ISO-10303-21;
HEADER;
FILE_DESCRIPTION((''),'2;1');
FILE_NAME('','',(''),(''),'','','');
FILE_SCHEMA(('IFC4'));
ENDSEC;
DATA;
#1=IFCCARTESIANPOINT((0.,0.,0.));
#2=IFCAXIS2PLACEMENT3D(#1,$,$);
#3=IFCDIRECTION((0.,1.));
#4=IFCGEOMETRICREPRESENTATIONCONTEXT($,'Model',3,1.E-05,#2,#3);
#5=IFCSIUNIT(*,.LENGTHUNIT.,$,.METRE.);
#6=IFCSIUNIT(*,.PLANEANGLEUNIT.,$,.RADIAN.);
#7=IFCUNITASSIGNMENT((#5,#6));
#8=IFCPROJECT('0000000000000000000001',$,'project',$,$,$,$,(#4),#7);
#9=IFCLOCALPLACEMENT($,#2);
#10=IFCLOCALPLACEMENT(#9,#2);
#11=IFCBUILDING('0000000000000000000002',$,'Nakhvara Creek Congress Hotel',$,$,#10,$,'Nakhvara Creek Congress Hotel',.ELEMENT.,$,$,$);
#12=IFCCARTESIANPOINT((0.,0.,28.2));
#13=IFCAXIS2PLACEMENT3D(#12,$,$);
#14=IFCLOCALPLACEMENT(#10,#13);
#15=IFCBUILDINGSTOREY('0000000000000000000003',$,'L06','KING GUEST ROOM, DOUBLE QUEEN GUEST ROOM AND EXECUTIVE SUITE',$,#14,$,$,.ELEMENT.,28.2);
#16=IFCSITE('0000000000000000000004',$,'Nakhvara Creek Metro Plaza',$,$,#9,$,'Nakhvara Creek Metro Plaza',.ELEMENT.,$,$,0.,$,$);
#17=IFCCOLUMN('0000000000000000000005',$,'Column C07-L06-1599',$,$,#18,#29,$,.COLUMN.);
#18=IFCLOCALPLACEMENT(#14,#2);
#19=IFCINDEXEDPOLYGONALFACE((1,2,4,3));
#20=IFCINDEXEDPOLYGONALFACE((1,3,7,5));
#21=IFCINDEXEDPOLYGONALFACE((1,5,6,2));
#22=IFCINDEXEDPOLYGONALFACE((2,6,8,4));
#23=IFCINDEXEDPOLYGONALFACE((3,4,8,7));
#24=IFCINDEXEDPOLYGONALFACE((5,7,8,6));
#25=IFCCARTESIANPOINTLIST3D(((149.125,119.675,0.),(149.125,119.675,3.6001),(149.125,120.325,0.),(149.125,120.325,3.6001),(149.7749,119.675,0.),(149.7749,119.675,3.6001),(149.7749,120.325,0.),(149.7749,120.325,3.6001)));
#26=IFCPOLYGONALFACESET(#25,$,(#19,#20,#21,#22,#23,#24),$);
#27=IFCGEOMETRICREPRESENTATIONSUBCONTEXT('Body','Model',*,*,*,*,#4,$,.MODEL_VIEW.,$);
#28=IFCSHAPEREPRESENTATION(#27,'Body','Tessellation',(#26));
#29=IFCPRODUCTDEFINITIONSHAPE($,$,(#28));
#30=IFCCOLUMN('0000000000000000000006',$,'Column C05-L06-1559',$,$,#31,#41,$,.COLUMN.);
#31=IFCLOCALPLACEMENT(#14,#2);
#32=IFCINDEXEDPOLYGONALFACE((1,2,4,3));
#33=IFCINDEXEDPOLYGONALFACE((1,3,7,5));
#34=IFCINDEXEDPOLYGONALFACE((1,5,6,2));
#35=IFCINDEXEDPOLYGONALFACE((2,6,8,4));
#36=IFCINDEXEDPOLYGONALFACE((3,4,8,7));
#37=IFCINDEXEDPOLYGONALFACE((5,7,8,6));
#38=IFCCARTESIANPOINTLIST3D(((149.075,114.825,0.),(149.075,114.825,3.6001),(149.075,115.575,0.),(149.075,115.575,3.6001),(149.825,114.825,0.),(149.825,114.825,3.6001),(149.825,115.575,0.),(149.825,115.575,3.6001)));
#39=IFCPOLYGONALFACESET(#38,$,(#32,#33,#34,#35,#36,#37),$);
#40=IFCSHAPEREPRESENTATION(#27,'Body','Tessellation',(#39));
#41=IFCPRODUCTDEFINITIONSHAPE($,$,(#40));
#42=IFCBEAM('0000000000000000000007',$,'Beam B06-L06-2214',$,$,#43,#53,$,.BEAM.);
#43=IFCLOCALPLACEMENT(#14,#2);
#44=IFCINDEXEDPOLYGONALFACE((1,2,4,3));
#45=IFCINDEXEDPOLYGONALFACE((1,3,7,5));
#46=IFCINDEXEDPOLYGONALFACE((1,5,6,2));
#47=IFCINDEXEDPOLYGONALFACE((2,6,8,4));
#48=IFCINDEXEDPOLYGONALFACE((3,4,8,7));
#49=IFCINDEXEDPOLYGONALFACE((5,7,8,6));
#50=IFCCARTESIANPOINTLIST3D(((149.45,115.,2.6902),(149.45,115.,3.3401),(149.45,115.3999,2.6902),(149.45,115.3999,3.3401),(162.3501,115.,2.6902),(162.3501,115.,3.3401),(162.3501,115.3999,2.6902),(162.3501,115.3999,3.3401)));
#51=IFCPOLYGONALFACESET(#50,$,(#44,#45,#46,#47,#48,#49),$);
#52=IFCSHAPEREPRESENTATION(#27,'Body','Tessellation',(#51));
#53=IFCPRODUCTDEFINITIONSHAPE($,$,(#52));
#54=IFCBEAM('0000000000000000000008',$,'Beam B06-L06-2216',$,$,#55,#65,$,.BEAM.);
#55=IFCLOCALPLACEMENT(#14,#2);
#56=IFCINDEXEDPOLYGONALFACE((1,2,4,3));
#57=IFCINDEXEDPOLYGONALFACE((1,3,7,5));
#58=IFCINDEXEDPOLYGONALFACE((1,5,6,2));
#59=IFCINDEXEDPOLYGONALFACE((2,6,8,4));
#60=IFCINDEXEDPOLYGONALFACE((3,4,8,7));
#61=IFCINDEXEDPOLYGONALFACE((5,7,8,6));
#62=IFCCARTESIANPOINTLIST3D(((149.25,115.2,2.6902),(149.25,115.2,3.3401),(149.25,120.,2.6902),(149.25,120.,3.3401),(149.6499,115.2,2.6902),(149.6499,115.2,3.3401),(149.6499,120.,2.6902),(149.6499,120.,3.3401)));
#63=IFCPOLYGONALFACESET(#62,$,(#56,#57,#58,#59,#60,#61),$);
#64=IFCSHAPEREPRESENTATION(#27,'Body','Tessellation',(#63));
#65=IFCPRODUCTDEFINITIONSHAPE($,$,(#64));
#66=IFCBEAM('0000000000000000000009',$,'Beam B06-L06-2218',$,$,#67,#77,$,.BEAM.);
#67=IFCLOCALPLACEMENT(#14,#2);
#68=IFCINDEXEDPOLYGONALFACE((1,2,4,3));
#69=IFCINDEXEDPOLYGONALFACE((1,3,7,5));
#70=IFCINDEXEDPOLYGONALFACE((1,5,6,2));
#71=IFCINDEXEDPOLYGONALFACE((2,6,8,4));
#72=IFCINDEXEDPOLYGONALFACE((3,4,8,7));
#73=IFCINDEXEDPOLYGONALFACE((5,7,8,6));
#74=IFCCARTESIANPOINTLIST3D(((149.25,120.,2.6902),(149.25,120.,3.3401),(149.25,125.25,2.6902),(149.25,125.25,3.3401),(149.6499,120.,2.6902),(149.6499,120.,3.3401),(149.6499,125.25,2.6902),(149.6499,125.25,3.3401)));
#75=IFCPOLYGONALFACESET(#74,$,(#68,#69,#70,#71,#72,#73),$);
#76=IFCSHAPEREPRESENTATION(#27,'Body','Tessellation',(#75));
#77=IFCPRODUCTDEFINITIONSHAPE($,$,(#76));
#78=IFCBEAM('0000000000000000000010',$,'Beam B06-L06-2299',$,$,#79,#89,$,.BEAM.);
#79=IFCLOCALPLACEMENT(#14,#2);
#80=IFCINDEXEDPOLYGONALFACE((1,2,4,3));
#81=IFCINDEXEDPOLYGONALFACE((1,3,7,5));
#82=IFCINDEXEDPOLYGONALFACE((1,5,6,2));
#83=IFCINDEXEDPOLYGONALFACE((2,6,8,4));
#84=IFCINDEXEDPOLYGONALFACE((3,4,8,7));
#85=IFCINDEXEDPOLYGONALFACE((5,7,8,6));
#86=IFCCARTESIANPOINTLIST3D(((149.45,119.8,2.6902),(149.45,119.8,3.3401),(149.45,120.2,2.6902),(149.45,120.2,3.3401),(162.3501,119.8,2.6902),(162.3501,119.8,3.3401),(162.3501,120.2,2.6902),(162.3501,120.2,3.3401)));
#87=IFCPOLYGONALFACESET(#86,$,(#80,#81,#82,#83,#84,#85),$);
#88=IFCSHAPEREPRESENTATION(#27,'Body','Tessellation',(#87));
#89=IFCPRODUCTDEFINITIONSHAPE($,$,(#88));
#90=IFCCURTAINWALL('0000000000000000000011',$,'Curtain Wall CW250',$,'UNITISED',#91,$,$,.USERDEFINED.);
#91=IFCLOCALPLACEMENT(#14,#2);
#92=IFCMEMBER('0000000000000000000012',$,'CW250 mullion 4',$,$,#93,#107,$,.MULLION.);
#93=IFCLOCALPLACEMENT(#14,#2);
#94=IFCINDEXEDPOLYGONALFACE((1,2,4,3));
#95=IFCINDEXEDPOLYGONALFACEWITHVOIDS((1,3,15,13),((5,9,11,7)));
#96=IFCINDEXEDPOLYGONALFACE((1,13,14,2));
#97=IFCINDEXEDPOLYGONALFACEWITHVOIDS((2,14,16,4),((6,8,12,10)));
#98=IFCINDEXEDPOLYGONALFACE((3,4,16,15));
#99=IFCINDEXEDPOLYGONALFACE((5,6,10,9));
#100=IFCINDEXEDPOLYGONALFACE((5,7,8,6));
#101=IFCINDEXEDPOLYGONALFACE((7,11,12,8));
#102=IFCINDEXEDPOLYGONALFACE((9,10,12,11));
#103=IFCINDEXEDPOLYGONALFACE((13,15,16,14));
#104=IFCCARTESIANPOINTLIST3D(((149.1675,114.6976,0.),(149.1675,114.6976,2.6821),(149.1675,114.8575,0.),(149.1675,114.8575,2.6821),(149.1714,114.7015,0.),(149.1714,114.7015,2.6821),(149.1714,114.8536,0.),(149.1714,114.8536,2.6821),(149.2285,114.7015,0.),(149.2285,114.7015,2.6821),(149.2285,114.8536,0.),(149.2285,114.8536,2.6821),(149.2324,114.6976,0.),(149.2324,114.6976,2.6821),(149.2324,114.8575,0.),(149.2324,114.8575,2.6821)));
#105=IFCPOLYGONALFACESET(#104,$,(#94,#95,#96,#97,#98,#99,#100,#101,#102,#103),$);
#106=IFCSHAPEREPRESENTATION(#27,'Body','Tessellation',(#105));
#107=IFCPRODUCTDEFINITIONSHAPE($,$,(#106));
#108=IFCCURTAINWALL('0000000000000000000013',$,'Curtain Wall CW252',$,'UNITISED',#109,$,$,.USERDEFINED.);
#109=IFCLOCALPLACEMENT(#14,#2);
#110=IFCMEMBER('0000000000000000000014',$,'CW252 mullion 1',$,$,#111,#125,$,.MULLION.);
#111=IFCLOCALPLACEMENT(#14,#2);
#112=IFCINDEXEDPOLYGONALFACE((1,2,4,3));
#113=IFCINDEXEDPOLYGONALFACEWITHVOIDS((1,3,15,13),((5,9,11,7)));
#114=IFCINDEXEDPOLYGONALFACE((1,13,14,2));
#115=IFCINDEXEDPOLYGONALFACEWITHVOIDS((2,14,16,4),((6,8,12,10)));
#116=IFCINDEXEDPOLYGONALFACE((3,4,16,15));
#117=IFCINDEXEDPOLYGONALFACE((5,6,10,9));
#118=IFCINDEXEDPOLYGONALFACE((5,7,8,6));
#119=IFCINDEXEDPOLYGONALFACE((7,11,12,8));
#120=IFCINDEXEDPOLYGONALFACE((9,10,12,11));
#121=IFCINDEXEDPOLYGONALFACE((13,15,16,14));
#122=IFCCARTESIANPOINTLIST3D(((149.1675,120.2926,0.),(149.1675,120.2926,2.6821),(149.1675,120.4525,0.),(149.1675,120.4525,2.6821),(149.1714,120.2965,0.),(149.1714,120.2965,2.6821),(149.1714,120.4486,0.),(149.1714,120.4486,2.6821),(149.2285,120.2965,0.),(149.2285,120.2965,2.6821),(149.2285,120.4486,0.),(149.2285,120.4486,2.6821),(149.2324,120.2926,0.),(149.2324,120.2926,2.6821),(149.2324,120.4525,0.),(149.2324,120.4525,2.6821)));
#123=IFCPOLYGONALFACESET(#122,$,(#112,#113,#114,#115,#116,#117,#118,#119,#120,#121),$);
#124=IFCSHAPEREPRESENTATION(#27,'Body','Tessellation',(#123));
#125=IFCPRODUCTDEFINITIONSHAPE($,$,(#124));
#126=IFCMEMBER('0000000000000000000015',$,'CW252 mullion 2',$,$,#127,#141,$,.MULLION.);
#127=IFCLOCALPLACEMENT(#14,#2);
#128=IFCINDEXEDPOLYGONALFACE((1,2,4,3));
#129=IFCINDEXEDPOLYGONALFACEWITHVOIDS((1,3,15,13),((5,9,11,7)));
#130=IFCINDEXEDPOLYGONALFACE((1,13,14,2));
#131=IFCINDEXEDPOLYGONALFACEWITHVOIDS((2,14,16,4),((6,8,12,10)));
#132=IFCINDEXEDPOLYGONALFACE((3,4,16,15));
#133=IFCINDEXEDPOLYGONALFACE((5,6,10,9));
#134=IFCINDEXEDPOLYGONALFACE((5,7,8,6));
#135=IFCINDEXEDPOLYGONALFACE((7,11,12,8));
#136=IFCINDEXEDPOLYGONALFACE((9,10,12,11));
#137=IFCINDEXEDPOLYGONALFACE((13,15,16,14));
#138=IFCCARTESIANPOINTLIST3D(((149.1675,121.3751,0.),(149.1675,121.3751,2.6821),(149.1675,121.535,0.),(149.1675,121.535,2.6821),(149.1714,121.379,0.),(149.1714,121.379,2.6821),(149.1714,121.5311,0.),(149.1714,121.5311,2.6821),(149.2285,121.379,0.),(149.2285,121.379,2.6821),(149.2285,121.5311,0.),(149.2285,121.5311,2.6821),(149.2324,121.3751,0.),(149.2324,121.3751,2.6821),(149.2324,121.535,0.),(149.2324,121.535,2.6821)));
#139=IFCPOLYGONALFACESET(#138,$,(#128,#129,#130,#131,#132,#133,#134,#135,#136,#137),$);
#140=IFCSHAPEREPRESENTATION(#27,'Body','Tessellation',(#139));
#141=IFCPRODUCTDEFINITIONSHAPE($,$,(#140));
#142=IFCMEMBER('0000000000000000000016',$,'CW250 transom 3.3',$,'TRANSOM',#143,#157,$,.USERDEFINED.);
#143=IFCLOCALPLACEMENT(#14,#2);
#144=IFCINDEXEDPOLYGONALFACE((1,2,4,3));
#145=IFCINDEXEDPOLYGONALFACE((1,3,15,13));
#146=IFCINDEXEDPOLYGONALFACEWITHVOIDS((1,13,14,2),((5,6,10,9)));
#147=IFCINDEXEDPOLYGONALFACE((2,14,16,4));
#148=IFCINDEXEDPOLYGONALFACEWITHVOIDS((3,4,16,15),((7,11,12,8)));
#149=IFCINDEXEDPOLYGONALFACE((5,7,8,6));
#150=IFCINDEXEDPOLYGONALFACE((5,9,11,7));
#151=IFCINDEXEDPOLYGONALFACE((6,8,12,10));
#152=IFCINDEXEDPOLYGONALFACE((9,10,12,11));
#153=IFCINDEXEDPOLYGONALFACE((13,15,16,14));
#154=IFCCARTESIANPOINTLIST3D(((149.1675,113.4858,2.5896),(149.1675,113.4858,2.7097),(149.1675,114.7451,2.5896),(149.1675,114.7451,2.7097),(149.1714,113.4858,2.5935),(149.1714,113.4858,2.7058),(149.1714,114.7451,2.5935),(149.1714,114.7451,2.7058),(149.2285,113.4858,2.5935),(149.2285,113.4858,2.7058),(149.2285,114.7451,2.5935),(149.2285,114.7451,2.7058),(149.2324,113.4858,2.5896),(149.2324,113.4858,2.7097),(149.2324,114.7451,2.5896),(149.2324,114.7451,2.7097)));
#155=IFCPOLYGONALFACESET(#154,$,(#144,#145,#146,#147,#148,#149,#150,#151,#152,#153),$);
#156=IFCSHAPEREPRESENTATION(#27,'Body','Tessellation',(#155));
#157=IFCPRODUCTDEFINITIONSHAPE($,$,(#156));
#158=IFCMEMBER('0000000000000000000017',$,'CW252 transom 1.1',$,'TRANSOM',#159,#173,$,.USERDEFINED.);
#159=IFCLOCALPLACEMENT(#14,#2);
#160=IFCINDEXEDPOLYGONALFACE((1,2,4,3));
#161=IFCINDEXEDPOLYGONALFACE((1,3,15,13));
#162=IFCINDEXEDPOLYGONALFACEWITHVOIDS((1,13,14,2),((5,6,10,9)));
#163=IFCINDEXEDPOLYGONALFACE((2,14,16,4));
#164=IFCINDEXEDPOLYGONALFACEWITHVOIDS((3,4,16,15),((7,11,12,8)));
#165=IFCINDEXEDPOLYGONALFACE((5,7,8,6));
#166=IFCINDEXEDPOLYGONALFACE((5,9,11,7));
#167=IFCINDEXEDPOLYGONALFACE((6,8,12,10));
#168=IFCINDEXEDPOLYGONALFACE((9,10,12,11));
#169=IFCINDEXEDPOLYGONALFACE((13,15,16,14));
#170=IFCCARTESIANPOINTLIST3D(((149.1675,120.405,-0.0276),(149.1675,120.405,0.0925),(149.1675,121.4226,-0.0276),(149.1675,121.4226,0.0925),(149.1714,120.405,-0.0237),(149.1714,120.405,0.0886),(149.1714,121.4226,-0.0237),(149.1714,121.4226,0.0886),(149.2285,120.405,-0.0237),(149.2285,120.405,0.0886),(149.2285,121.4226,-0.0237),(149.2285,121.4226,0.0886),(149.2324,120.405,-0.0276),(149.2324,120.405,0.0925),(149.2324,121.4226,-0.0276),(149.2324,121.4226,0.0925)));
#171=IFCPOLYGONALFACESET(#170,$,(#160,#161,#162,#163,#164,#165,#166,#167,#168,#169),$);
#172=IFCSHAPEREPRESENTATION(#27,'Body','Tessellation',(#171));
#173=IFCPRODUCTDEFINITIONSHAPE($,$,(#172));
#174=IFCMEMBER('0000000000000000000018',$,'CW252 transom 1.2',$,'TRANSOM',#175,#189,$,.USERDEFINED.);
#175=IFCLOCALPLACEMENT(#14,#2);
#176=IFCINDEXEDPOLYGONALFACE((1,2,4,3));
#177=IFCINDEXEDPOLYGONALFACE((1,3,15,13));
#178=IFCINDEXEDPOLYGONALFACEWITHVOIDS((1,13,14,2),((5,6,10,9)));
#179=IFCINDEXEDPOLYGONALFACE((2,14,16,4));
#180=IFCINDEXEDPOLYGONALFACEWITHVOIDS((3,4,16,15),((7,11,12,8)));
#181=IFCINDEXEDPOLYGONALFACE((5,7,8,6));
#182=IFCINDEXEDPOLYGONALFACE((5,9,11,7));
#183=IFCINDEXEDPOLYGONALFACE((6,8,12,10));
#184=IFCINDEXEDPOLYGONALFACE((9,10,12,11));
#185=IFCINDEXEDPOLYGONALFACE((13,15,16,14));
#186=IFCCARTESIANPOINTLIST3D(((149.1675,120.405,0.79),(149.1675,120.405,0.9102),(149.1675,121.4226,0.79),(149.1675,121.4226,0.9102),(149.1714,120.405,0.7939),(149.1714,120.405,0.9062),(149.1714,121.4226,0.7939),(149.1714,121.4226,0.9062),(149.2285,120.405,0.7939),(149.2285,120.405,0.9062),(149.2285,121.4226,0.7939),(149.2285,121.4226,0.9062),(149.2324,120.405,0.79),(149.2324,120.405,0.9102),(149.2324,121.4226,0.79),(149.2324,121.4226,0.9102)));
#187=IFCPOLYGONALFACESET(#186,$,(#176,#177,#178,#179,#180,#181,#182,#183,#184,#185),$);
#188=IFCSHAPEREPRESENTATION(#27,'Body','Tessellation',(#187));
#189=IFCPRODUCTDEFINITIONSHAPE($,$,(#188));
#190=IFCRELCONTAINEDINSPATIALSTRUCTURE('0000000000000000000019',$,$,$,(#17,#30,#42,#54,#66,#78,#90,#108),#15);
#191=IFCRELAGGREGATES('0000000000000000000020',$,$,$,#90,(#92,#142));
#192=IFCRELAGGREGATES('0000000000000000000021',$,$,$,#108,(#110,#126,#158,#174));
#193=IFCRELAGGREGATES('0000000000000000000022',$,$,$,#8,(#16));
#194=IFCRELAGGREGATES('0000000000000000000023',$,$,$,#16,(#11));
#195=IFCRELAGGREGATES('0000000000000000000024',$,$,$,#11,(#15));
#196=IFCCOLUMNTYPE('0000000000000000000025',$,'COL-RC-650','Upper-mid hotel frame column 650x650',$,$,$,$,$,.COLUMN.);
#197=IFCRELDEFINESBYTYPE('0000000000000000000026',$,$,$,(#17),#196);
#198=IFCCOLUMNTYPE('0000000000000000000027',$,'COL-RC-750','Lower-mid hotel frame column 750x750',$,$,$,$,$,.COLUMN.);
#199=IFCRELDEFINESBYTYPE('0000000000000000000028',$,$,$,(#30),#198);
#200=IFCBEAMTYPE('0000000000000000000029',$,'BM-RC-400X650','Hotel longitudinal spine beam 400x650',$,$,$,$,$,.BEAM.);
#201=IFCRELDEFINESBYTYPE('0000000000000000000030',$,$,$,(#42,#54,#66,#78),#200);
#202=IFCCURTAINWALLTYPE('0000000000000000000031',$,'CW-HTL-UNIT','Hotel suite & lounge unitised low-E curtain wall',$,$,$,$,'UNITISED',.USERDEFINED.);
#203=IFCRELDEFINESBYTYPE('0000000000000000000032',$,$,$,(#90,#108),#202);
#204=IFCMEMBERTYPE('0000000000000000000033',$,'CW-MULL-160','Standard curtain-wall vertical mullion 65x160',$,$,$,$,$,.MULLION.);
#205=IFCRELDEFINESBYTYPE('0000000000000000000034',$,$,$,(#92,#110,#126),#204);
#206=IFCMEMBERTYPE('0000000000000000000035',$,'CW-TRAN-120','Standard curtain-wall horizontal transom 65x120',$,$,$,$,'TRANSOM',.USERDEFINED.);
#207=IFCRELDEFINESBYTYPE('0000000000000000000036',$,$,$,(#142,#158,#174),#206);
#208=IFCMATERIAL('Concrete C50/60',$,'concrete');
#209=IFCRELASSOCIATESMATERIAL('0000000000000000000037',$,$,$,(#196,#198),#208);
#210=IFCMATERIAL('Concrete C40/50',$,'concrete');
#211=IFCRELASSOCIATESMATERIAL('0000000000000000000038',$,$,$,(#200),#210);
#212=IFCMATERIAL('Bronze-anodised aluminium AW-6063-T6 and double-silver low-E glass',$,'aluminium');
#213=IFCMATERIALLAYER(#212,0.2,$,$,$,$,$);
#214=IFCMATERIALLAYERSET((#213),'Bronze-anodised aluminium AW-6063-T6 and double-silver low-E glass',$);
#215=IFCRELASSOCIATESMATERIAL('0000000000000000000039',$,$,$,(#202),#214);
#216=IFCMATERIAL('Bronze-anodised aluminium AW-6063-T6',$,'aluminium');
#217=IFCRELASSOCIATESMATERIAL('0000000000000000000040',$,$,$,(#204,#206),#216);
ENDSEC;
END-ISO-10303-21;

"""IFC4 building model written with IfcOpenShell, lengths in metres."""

from ifc_helpers import new_model, si_unit, direction, frame, origin, origin_2d, place, context, subcontext, project, spatial, rectangle, hollow_rectangle, extrude, material, layer, layer_set, material_profile, profile_set, type_object, element, aggregate, save


model = new_model("IFC4")

# Units and contexts
model_context = context("Model", 3, precision=1e-05, world=origin(), true_north=direction((0.0, 1.0)))
body_context = subcontext(model_context, "Body", "Model", "MODEL_VIEW")
ifc_project = project(units=[si_unit("LENGTHUNIT", "METRE"), si_unit("PLANEANGLEUNIT", "RADIAN")], contexts=[model_context])

# Site, building, storey
site_placement = place(None, origin())
site = spatial("IfcSite", under=ifc_project, at=site_placement, Name="Nakhvara Creek Metro Plaza", LongName="Nakhvara Creek Metro Plaza", CompositionType="ELEMENT", RefElevation=0.0)
building_placement = place(site_placement, origin())
building = spatial("IfcBuilding", under=site, at=building_placement, Name="Nakhvara Creek Congress Hotel", LongName="Nakhvara Creek Congress Hotel", CompositionType="ELEMENT")
storey_placement = place(building_placement, frame((0.0, 0.0, 28.2)))
storey = spatial("IfcBuildingStorey", under=building, at=storey_placement, Name="L06", Description="KING GUEST ROOM, DOUBLE QUEEN GUEST ROOM AND EXECUTIVE SUITE", CompositionType="ELEMENT", Elevation=28.2)

# Columns
ifc_material_1 = material(Name="Concrete C50/60", Category="concrete")
ifc_material_profile_1 = material_profile(ifc_material_1, rectangle(XDim=0.6499, YDim=0.6499, at=origin_2d()), Name="RC-COL 650x650", Category="LoadBearing")
ifc_profile_set_1 = profile_set([ifc_material_profile_1], Name="Concrete C50/60")
column_type_1 = type_object("IfcColumnType", Name="COL-RC-650", Description="Upper-mid hotel frame column 650x650", PredefinedType="COLUMN", material=ifc_profile_set_1)
column_1_placement = place(storey_placement, frame((149.45, 120.0, 0.0), z_axis=(0.0, 0.0, 1.0), x_axis=(1.0, 0.0, 0.0)))
element("IfcColumn", 1, at=column_1_placement, inside=storey, type_object=column_type_1, Name="Column C07-L06-1599", PredefinedType="COLUMN", context=body_context, shape_type="SweptSolid", body=[
    extrude(rectangle(XDim=0.6499, YDim=0.6499, at=origin_2d()), origin(), (0.0, 0.0, 1.0), 3.6001),
])
ifc_material_profile_2 = material_profile(ifc_material_1, rectangle(XDim=0.75, YDim=0.75, at=origin_2d()), Name="RC-COL 750x750", Category="LoadBearing")
ifc_profile_set_2 = profile_set([ifc_material_profile_2], Name="Concrete C50/60")
column_type_2 = type_object("IfcColumnType", Name="COL-RC-750", Description="Lower-mid hotel frame column 750x750", PredefinedType="COLUMN", material=ifc_profile_set_2)
column_2_placement = place(storey_placement, frame((149.45, 115.2, 0.0), z_axis=(0.0, 0.0, 1.0), x_axis=(1.0, 0.0, 0.0)))
element("IfcColumn", 2, at=column_2_placement, inside=storey, type_object=column_type_2, Name="Column C05-L06-1559", PredefinedType="COLUMN", context=body_context, shape_type="SweptSolid", body=[
    extrude(rectangle(XDim=0.75, YDim=0.75, at=origin_2d()), origin(), (0.0, 0.0, 1.0), 3.6001),
])

# Beams
ifc_material_2 = material(Name="Concrete C40/50", Category="concrete")
ifc_material_profile_3 = material_profile(ifc_material_2, rectangle(XDim=0.3999, YDim=0.6499, at=origin_2d()), Name="RC-BM 400x650", Category="LoadBearing")
ifc_profile_set_3 = profile_set([ifc_material_profile_3], Name="Concrete C40/50")
beam_type = type_object("IfcBeamType", Name="BM-RC-400X650", Description="Hotel longitudinal spine beam 400x650", PredefinedType="BEAM", material=ifc_profile_set_3)
beam_1_placement = place(storey_placement, frame((149.45, 115.2, 3.0151), z_axis=(1.0, 0.0, 0.0), x_axis=(0.0, 1.0, 0.0)))
element("IfcBeam", 3, at=beam_1_placement, inside=storey, type_object=beam_type, Name="Beam B06-L06-2214", PredefinedType="BEAM", context=body_context, shape_type="SweptSolid", body=[
    extrude(rectangle(XDim=0.3999, YDim=0.6499, at=origin_2d()), origin(), (0.0, 0.0, 1.0), 12.9001),
])
beam_2_placement = place(storey_placement, frame((149.45, 115.2, 3.0151), z_axis=(0.0, 1.0, 0.0), x_axis=(-1.0, 0.0, 0.0)))
element("IfcBeam", 4, at=beam_2_placement, inside=storey, type_object=beam_type, Name="Beam B06-L06-2216", PredefinedType="BEAM", context=body_context, shape_type="SweptSolid", body=[
    extrude(rectangle(XDim=0.3999, YDim=0.6499, at=origin_2d()), origin(), (0.0, 0.0, 1.0), 4.8),
])
beam_3_placement = place(storey_placement, frame((149.45, 120.0, 3.0151), z_axis=(0.0, 1.0, 0.0), x_axis=(-1.0, 0.0, 0.0)))
element("IfcBeam", 5, at=beam_3_placement, inside=storey, type_object=beam_type, Name="Beam B06-L06-2218", PredefinedType="BEAM", context=body_context, shape_type="SweptSolid", body=[
    extrude(rectangle(XDim=0.3999, YDim=0.6499, at=origin_2d()), origin(), (0.0, 0.0, 1.0), 5.25),
])
beam_4_placement = place(storey_placement, frame((149.45, 120.0, 3.0151), z_axis=(1.0, 0.0, 0.0), x_axis=(0.0, 1.0, 0.0)))
element("IfcBeam", 6, at=beam_4_placement, inside=storey, type_object=beam_type, Name="Beam B06-L06-2299", PredefinedType="BEAM", context=body_context, shape_type="SweptSolid", body=[
    extrude(rectangle(XDim=0.3999, YDim=0.6499, at=origin_2d()), origin(), (0.0, 0.0, 1.0), 12.9001),
])

# Curtain wall, member
ifc_material_3 = material(Name="Bronze-anodised aluminium AW-6063-T6 and double-silver low-E glass", Category="aluminium")
ifc_layer_1 = layer(ifc_material_3, 0.2)
ifc_layer_set_1 = layer_set([ifc_layer_1], Name="Bronze-anodised aluminium AW-6063-T6 and double-silver low-E glass")
curtain_wall_type = type_object("IfcCurtainWallType", Name="CW-HTL-UNIT", Description="Hotel suite & lounge unitised low-E curtain wall", ElementType="UNITISED", PredefinedType="USERDEFINED", material=ifc_layer_set_1)
curtain_wall_1_placement = place(storey_placement, origin())
curtain_wall_1 = element("IfcCurtainWall", 7, at=curtain_wall_1_placement, inside=storey, type_object=curtain_wall_type, Name="Curtain Wall CW250", ObjectType="UNITISED", PredefinedType="USERDEFINED")
ifc_material_4 = material(Name="Bronze-anodised aluminium AW-6063-T6", Category="aluminium")
ifc_material_profile_4 = material_profile(ifc_material_4, hollow_rectangle(XDim=0.0649, YDim=0.1599, WallThickness=0.0039, at=origin_2d()), Name="ALU-MULL 65x160x4", Category="LoadBearing")
ifc_profile_set_4 = profile_set([ifc_material_profile_4], Name="Bronze-anodised aluminium AW-6063-T6")
member_type_1 = type_object("IfcMemberType", Name="CW-MULL-160", Description="Standard curtain-wall vertical mullion 65x160", PredefinedType="MULLION", material=ifc_profile_set_4)
member_1_placement = place(storey_placement, frame((149.2, 114.7776, 0.0), z_axis=(0.0, 0.0, 1.0), x_axis=(-1.0, 0.0, 0.0)))
member_1 = element("IfcMember", 8, at=member_1_placement, type_object=member_type_1, Name="CW250 mullion 4", PredefinedType="MULLION", context=body_context, shape_type="SweptSolid", body=[
    extrude(hollow_rectangle(XDim=0.0649, YDim=0.1599, WallThickness=0.0039, at=origin_2d()), origin(), (0.0, 0.0, 1.0), 2.6821),
])

# Curtain wall, members
curtain_wall_2_placement = place(storey_placement, origin())
curtain_wall_2 = element("IfcCurtainWall", 9, at=curtain_wall_2_placement, inside=storey, type_object=curtain_wall_type, Name="Curtain Wall CW252", ObjectType="UNITISED", PredefinedType="USERDEFINED")
member_2_placement = place(storey_placement, frame((149.2, 120.3726, 0.0), z_axis=(0.0, 0.0, 1.0), x_axis=(-1.0, 0.0, 0.0)))
member_2 = element("IfcMember", 10, at=member_2_placement, type_object=member_type_1, Name="CW252 mullion 1", PredefinedType="MULLION", context=body_context, shape_type="SweptSolid", body=[
    extrude(hollow_rectangle(XDim=0.0649, YDim=0.1599, WallThickness=0.0039, at=origin_2d()), origin(), (0.0, 0.0, 1.0), 2.6821),
])
member_3_placement = place(storey_placement, frame((149.2, 121.4551, 0.0), z_axis=(0.0, 0.0, 1.0), x_axis=(-1.0, 0.0, 0.0)))
member_3 = element("IfcMember", 11, at=member_3_placement, type_object=member_type_1, Name="CW252 mullion 2", PredefinedType="MULLION", context=body_context, shape_type="SweptSolid", body=[
    extrude(hollow_rectangle(XDim=0.0649, YDim=0.1599, WallThickness=0.0039, at=origin_2d()), origin(), (0.0, 0.0, 1.0), 2.6821),
])

# Members
ifc_material_profile_5 = material_profile(ifc_material_4, hollow_rectangle(XDim=0.0649, YDim=0.1201, WallThickness=0.0039, at=origin_2d()), Name="ALU-TRAN 65x120x4", Category="LoadBearing")
ifc_profile_set_5 = profile_set([ifc_material_profile_5], Name="Bronze-anodised aluminium AW-6063-T6")
member_type_2 = type_object("IfcMemberType", Name="CW-TRAN-120", Description="Standard curtain-wall horizontal transom 65x120", ElementType="TRANSOM", PredefinedType="USERDEFINED", material=ifc_profile_set_5)
member_4_placement = place(storey_placement, frame((149.2, 113.4858, 2.6497), z_axis=(0.0, 1.0, 0.0), x_axis=(-1.0, 0.0, 0.0)))
member_4 = element("IfcMember", 12, at=member_4_placement, type_object=member_type_2, Name="CW250 transom 3.3", ObjectType="TRANSOM", PredefinedType="USERDEFINED", context=body_context, shape_type="SweptSolid", body=[
    extrude(hollow_rectangle(XDim=0.0649, YDim=0.1201, WallThickness=0.0039, at=origin_2d()), origin(), (0.0, 0.0, 1.0), 1.2593),
])
member_5_placement = place(storey_placement, frame((149.2, 120.405, 0.0325), z_axis=(0.0, 1.0, 0.0), x_axis=(-1.0, 0.0, 0.0)))
member_5 = element("IfcMember", 13, at=member_5_placement, type_object=member_type_2, Name="CW252 transom 1.1", ObjectType="TRANSOM", PredefinedType="USERDEFINED", context=body_context, shape_type="SweptSolid", body=[
    extrude(hollow_rectangle(XDim=0.0649, YDim=0.1201, WallThickness=0.0039, at=origin_2d()), origin(), (0.0, 0.0, 1.0), 1.0176),
])
member_6_placement = place(storey_placement, frame((149.2, 120.405, 0.8501), z_axis=(0.0, 1.0, 0.0), x_axis=(-1.0, 0.0, 0.0)))
member_6 = element("IfcMember", 14, at=member_6_placement, type_object=member_type_2, Name="CW252 transom 1.2", ObjectType="TRANSOM", PredefinedType="USERDEFINED", context=body_context, shape_type="SweptSolid", body=[
    extrude(hollow_rectangle(XDim=0.0649, YDim=0.1201, WallThickness=0.0039, at=origin_2d()), origin(), (0.0, 0.0, 1.0), 1.0176),
])

aggregate(curtain_wall_1, [member_1, member_4])
aggregate(curtain_wall_2, [member_2, member_3, member_5, member_6])

save(model, "model.ifc")
